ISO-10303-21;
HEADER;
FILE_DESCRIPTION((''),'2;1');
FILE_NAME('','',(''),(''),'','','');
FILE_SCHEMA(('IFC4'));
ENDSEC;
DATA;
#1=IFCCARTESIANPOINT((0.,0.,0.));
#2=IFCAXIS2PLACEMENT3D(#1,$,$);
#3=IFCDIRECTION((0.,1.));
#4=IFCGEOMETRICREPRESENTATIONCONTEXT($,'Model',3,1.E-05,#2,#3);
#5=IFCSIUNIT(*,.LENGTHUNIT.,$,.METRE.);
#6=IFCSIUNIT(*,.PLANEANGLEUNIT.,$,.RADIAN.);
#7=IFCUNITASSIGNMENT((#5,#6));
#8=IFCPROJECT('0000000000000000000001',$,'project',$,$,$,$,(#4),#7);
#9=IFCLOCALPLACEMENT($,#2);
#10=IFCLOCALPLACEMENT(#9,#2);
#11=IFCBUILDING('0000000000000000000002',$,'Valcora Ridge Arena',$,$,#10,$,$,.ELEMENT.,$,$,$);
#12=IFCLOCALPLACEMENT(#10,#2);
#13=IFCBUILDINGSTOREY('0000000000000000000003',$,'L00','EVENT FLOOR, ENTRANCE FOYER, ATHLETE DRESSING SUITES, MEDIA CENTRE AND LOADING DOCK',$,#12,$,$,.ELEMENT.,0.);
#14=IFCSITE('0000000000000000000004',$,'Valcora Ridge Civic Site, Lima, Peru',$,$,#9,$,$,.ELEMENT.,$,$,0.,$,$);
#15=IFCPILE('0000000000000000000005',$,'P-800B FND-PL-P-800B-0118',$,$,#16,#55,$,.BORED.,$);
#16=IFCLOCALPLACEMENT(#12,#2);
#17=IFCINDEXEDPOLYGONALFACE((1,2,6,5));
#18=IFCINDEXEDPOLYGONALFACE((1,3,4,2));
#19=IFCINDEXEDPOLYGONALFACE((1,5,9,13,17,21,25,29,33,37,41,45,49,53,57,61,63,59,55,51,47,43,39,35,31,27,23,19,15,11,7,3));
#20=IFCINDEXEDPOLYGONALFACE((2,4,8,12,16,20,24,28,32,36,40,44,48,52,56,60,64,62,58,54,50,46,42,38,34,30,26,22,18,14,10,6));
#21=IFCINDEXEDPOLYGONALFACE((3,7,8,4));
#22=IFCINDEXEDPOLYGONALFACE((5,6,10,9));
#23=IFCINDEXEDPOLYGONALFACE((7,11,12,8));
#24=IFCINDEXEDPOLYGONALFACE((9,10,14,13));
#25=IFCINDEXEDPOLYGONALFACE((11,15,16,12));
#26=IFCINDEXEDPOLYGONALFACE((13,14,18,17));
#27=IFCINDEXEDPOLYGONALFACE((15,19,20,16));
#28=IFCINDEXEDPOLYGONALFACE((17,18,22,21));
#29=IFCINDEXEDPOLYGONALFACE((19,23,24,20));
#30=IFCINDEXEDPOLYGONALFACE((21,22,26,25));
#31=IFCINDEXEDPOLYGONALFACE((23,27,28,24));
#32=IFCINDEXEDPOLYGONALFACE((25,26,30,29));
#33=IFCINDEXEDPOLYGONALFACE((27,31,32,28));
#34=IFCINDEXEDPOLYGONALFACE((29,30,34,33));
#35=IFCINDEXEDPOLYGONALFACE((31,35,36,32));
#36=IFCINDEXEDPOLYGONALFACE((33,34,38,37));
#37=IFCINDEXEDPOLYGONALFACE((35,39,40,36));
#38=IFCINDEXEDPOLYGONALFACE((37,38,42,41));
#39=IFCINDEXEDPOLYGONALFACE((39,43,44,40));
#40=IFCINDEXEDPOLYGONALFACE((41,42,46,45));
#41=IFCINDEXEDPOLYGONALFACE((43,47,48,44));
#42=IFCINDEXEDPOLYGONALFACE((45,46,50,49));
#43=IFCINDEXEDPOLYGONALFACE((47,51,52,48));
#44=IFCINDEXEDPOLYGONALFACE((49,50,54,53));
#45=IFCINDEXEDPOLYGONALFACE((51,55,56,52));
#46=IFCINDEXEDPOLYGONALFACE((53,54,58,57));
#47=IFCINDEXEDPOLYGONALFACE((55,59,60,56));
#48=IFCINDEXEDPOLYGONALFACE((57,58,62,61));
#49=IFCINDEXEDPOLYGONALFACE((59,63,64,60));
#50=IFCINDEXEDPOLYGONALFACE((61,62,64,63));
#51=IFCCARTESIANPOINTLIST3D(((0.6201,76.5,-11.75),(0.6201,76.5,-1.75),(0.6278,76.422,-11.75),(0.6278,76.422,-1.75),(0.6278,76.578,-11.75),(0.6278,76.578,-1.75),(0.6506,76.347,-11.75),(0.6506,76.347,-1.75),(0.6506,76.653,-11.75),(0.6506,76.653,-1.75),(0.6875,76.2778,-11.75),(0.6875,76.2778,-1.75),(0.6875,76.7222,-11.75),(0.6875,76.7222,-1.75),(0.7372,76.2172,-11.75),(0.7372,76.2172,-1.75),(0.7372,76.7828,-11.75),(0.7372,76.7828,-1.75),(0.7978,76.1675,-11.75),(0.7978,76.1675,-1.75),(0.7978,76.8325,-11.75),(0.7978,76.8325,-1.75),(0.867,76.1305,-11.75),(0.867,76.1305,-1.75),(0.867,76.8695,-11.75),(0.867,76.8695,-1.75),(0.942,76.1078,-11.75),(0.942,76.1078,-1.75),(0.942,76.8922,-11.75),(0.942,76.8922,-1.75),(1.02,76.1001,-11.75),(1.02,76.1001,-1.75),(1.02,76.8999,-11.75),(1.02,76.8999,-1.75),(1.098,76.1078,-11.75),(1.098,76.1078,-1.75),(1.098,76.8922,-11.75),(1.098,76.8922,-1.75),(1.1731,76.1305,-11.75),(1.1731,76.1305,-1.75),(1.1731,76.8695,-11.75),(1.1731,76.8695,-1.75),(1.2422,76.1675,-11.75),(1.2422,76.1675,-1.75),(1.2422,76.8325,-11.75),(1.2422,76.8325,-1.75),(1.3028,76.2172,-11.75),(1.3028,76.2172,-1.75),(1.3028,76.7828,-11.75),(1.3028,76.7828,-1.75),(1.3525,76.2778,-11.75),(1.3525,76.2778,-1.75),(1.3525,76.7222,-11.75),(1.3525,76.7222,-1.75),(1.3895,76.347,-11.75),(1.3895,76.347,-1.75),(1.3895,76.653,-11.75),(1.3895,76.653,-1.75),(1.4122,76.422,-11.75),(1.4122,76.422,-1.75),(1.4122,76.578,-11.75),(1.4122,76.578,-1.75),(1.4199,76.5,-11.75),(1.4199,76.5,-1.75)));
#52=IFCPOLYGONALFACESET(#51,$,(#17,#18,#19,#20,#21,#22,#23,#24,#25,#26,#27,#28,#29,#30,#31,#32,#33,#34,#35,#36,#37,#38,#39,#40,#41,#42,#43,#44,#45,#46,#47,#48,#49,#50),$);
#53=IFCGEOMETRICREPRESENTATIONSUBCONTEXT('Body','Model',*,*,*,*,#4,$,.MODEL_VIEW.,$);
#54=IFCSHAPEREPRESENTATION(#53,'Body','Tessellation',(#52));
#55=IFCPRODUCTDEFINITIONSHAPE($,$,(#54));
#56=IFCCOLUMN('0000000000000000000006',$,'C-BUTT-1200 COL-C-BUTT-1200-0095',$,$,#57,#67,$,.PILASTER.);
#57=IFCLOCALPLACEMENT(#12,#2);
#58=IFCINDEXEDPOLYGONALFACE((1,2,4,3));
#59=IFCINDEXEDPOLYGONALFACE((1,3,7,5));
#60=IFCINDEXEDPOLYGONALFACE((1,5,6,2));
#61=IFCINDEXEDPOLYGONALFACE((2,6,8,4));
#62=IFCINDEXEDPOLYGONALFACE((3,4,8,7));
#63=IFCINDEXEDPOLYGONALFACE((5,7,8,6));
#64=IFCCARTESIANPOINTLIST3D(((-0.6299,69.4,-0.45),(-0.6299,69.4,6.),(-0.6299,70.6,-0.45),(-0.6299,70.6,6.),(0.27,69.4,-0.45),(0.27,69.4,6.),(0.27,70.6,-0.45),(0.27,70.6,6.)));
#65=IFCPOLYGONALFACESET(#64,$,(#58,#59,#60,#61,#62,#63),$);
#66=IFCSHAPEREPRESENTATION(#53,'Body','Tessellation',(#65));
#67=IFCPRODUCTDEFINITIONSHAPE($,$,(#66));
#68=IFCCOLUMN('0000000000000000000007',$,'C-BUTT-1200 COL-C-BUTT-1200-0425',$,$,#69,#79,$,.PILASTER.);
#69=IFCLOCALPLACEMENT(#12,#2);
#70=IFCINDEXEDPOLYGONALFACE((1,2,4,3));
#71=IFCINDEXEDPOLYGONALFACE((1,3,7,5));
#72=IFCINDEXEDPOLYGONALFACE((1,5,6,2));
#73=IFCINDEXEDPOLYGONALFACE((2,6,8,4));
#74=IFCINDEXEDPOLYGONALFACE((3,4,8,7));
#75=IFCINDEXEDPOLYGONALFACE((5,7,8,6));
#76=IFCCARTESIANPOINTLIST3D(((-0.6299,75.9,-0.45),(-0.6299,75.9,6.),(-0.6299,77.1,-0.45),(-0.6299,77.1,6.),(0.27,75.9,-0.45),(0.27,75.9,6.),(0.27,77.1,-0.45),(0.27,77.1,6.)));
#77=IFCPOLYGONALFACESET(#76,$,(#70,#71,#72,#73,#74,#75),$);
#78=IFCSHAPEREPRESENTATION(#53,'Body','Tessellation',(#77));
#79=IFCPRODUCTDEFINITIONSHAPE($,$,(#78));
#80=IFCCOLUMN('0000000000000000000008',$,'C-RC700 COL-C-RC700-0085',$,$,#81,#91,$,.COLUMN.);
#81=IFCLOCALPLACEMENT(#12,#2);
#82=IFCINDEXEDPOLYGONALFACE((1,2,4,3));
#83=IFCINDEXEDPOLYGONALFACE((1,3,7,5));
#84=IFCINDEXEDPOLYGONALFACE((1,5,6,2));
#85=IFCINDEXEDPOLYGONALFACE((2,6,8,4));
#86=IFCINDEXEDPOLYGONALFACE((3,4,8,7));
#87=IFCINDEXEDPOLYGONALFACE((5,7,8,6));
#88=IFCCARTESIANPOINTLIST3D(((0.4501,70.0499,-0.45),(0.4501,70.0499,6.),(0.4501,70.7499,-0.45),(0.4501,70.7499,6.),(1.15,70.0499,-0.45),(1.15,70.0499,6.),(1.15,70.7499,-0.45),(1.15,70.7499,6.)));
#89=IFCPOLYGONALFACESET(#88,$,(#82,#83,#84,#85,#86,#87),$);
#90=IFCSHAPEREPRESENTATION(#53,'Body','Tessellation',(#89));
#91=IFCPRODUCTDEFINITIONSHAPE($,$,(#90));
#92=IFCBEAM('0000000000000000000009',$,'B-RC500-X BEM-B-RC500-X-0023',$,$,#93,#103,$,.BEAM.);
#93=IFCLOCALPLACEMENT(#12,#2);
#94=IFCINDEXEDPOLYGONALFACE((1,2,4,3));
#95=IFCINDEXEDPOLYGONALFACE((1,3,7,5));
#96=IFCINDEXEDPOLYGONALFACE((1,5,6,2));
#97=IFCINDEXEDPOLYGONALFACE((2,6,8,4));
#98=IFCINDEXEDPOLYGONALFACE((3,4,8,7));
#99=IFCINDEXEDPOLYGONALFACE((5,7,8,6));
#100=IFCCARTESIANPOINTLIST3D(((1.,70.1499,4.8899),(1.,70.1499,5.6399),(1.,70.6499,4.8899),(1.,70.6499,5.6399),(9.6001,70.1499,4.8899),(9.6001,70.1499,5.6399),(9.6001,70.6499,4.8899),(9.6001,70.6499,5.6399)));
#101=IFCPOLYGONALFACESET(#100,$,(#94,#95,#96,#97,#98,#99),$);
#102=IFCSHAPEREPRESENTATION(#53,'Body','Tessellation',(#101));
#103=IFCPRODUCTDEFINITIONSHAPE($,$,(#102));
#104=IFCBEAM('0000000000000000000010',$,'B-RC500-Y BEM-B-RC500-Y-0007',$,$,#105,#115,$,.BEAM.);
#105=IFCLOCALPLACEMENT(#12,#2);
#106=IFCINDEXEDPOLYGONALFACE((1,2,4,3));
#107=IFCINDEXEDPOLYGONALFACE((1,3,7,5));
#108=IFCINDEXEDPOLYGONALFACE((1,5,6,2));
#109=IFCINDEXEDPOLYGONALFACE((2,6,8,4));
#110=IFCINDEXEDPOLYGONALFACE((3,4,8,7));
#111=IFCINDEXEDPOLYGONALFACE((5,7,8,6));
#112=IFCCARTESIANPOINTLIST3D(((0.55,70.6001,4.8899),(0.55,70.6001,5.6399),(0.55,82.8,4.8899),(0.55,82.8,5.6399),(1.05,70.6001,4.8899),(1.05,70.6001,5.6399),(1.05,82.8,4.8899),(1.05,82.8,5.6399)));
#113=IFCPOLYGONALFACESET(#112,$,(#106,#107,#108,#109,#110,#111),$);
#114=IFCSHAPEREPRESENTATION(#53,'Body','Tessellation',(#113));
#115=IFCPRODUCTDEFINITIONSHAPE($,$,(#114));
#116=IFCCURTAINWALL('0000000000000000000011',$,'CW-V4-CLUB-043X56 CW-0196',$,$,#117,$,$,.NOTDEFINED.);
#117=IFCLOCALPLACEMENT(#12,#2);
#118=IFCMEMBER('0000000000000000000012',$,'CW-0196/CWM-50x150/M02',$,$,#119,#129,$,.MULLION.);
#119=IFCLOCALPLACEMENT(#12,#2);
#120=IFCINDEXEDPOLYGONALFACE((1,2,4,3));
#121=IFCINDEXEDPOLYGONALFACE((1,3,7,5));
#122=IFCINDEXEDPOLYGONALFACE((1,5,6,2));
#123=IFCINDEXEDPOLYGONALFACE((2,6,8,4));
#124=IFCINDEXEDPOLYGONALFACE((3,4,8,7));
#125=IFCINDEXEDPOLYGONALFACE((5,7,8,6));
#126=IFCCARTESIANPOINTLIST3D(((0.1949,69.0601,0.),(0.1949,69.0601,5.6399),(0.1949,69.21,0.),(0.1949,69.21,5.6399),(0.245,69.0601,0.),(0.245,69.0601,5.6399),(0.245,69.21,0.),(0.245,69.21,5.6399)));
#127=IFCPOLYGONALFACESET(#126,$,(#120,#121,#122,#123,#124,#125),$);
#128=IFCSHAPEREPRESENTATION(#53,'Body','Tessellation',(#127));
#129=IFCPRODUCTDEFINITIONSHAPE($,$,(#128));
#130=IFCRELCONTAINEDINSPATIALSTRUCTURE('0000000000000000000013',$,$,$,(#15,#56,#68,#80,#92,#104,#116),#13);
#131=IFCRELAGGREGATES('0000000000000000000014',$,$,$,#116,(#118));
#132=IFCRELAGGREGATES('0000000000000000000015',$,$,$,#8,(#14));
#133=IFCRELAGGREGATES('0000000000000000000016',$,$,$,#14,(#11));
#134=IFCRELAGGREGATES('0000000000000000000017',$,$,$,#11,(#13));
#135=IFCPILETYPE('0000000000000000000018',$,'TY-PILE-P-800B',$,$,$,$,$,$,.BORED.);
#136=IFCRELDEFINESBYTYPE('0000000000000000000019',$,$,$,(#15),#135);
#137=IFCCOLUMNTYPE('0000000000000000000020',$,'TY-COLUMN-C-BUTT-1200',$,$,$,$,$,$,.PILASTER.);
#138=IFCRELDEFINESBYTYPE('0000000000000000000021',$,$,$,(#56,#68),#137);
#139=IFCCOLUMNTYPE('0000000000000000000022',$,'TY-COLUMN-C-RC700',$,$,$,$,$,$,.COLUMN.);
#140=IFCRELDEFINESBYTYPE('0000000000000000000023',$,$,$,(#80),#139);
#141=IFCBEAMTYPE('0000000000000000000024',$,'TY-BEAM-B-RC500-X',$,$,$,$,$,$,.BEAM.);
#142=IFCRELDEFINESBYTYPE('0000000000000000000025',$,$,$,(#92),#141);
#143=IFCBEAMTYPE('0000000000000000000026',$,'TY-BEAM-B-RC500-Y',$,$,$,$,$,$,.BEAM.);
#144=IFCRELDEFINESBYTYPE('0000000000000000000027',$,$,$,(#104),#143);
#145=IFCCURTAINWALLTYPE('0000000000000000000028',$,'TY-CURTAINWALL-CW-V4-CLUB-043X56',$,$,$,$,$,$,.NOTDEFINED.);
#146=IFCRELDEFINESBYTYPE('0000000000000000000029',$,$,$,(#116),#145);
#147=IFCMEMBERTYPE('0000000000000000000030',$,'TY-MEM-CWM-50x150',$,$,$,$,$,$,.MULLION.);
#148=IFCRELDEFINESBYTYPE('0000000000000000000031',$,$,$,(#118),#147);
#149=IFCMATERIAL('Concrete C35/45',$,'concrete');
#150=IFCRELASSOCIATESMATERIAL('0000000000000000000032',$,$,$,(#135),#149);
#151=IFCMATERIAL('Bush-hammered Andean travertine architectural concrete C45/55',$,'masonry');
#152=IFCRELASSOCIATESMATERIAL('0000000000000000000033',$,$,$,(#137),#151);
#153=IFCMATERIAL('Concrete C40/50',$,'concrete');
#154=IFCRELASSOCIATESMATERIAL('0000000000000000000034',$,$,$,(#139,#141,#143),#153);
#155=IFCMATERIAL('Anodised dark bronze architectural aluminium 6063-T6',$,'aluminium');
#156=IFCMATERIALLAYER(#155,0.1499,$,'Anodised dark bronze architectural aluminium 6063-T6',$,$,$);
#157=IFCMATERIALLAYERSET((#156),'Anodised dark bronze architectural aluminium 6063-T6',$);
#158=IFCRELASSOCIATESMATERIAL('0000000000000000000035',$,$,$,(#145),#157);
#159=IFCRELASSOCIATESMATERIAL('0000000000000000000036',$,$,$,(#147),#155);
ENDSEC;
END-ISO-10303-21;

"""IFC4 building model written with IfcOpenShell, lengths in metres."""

from ifc_helpers import new_model, si_unit, direction, frame, origin, origin_2d, place, context, subcontext, project, spatial, rectangle, circle, extrude, material, layer, layer_set, material_profile, profile_set, type_object, element, aggregate, save


model = new_model("IFC4")

# Units and contexts
model_context = context("Model", 3, precision=1e-05, world=origin(), true_north=direction((0.0, 1.0)))
body_context = subcontext(model_context, "Body", "Model", "MODEL_VIEW")
ifc_project = project(units=[si_unit("LENGTHUNIT", "METRE"), si_unit("PLANEANGLEUNIT", "RADIAN")], contexts=[model_context])

# Site, building, storey
site_placement = place(None, origin())
site = spatial("IfcSite", under=ifc_project, at=site_placement, Name="Valcora Ridge Civic Site, Lima, Peru", CompositionType="ELEMENT", RefElevation=0.0)
building_placement = place(site_placement, origin())
building = spatial("IfcBuilding", under=site, at=building_placement, Name="Valcora Ridge Arena", CompositionType="ELEMENT")
storey_placement = place(building_placement, origin())
storey = spatial("IfcBuildingStorey", under=building, at=storey_placement, Name="L00", Description="EVENT FLOOR, ENTRANCE FOYER, ATHLETE DRESSING SUITES, MEDIA CENTRE AND LOADING DOCK", CompositionType="ELEMENT", Elevation=0.0)

# Shared definitions
ifc_material_1 = material(Name="Concrete C40/50", Category="concrete")

# Pile
ifc_material_2 = material(Name="Concrete C35/45", Category="concrete")
ifc_material_profile_1 = material_profile(ifc_material_2, circle(Radius=0.3999, at=origin_2d()), Name="BORED PILE D800")
ifc_profile_set_1 = profile_set([ifc_material_profile_1], Name="Concrete C35/45")
pile_type_1 = type_object("IfcPileType", Name="TY-PILE-P-800B", PredefinedType="BORED", material=ifc_profile_set_1)
for number, where, z_axis, x_axis, name in (
    (1, (1.02, 76.5, -1.75), (0.0, 0.0, -1.0), (1.0, 0.0, 0.0), "P-800B FND-PL-P-800B-0118"),
):
    element("IfcPile", number, at=place(storey_placement, frame(where, z_axis=z_axis, x_axis=x_axis)), inside=storey, type_object=pile_type_1, Name=name, PredefinedType="BORED", context=body_context, shape_type="SweptSolid", body=[
        extrude(circle(Radius=0.3999, at=origin_2d()), origin(), (0.0, 0.0, 1.0), 10.0),
    ])

# Columns
ifc_material_3 = material(Name="Bush-hammered Andean travertine architectural concrete C45/55", Category="masonry")
ifc_material_profile_2 = material_profile(ifc_material_3, rectangle(XDim=0.8999, YDim=1.2, at=origin_2d()), Name="RC 900x1200")
ifc_profile_set_2 = profile_set([ifc_material_profile_2], Name="Bush-hammered Andean travertine architectural concrete C45/55")
column_type_1 = type_object("IfcColumnType", Name="TY-COLUMN-C-BUTT-1200", PredefinedType="PILASTER", material=ifc_profile_set_2)
for number, where, z_axis, x_axis, name in (
    (2, (-0.1799, 70.0, -0.45), (0.0, 0.0, 1.0), (1.0, 0.0, 0.0), "C-BUTT-1200 COL-C-BUTT-1200-0095"),
    (3, (-0.1799, 76.5, -0.45), (0.0, 0.0, 1.0), (1.0, 0.0, 0.0), "C-BUTT-1200 COL-C-BUTT-1200-0425"),
):
    element("IfcColumn", number, at=place(storey_placement, frame(where, z_axis=z_axis, x_axis=x_axis)), inside=storey, type_object=column_type_1, Name=name, PredefinedType="PILASTER", context=body_context, shape_type="SweptSolid", body=[
        extrude(rectangle(XDim=0.8999, YDim=1.2, at=origin_2d()), origin(), (0.0, 0.0, 1.0), 6.45),
    ])
ifc_material_profile_3 = material_profile(ifc_material_1, rectangle(XDim=0.7, YDim=0.7, at=origin_2d()), Name="RC 700x700")
ifc_profile_set_3 = profile_set([ifc_material_profile_3], Name="Concrete C40/50")
column_type_2 = type_object("IfcColumnType", Name="TY-COLUMN-C-RC700", PredefinedType="COLUMN", material=ifc_profile_set_3)
column_placement = place(storey_placement, frame((0.8, 70.3999, -0.45), z_axis=(0.0, 0.0, 1.0), x_axis=(1.0, 0.0, 0.0)))
element("IfcColumn", 4, at=column_placement, inside=storey, type_object=column_type_2, Name="C-RC700 COL-C-RC700-0085", PredefinedType="COLUMN", context=body_context, shape_type="SweptSolid", body=[
    extrude(rectangle(XDim=0.7, YDim=0.7, at=origin_2d()), origin(), (0.0, 0.0, 1.0), 6.45),
])

# Beams
ifc_material_profile_4 = material_profile(ifc_material_1, rectangle(XDim=0.5, YDim=0.75, at=origin_2d()), Name="RC 500x750")
ifc_profile_set_4 = profile_set([ifc_material_profile_4], Name="Concrete C40/50")
beam_type_1 = type_object("IfcBeamType", Name="TY-BEAM-B-RC500-X", PredefinedType="BEAM", material=ifc_profile_set_4)
beam_1_placement = place(storey_placement, frame((1.0, 70.3999, 5.2649), z_axis=(1.0, 0.0, 0.0), x_axis=(0.0, 1.0, 0.0)))
element("IfcBeam", 5, at=beam_1_placement, inside=storey, type_object=beam_type_1, Name="B-RC500-X BEM-B-RC500-X-0023", PredefinedType="BEAM", context=body_context, shape_type="SweptSolid", body=[
    extrude(rectangle(XDim=0.5, YDim=0.75, at=origin_2d()), origin(), (0.0, 0.0, 1.0), 8.6001),
])
ifc_material_profile_5 = material_profile(ifc_material_1, rectangle(XDim=0.5, YDim=0.75, at=origin_2d()), Name="RC 500x750")
ifc_profile_set_5 = profile_set([ifc_material_profile_5], Name="Concrete C40/50")
beam_type_2 = type_object("IfcBeamType", Name="TY-BEAM-B-RC500-Y", PredefinedType="BEAM", material=ifc_profile_set_5)
beam_2_placement = place(storey_placement, frame((0.8, 70.6001, 5.2649), z_axis=(0.0, 1.0, 0.0), x_axis=(-1.0, 0.0, 0.0)))
element("IfcBeam", 6, at=beam_2_placement, inside=storey, type_object=beam_type_2, Name="B-RC500-Y BEM-B-RC500-Y-0007", PredefinedType="BEAM", context=body_context, shape_type="SweptSolid", body=[
    extrude(rectangle(XDim=0.5, YDim=0.75, at=origin_2d()), origin(), (0.0, 0.0, 1.0), 12.2),
])

# Curtain wall, member
ifc_material_4 = material(Name="Anodised dark bronze architectural aluminium 6063-T6", Category="aluminium")
ifc_layer_1 = layer(ifc_material_4, 0.1499, Name="Anodised dark bronze architectural aluminium 6063-T6")
ifc_layer_set_1 = layer_set([ifc_layer_1], Name="Anodised dark bronze architectural aluminium 6063-T6")
curtain_wall_type = type_object("IfcCurtainWallType", Name="TY-CURTAINWALL-CW-V4-CLUB-043X56", PredefinedType="NOTDEFINED", material=ifc_layer_set_1)
curtain_wall_placement = place(storey_placement, origin())
curtain_wall = element("IfcCurtainWall", 7, at=curtain_wall_placement, inside=storey, type_object=curtain_wall_type, Name="CW-V4-CLUB-043X56 CW-0196", PredefinedType="NOTDEFINED")
ifc_material_profile_6 = material_profile(ifc_material_4, rectangle(XDim=0.05, YDim=0.1499, at=origin_2d()), Name="ALU MULLION 50x150")
ifc_profile_set_6 = profile_set([ifc_material_profile_6], Name="Anodised dark bronze architectural aluminium 6063-T6")
member_type = type_object("IfcMemberType", Name="TY-MEM-CWM-50x150", PredefinedType="MULLION", material=ifc_profile_set_6)
member_placement = place(storey_placement, frame((0.22, 69.135, 0.0), z_axis=(0.0, 0.0, 1.0), x_axis=(-1.0, 0.0, 0.0)))
member = element("IfcMember", 8, at=member_placement, type_object=member_type, Name="CW-0196/CWM-50x150/M02", PredefinedType="MULLION", context=body_context, shape_type="SweptSolid", body=[
    extrude(rectangle(XDim=0.05, YDim=0.1499, at=origin_2d()), origin(), (0.0, 0.0, 1.0), 5.6399),
])
aggregate(curtain_wall, [member])

save(model, "model.ifc")
